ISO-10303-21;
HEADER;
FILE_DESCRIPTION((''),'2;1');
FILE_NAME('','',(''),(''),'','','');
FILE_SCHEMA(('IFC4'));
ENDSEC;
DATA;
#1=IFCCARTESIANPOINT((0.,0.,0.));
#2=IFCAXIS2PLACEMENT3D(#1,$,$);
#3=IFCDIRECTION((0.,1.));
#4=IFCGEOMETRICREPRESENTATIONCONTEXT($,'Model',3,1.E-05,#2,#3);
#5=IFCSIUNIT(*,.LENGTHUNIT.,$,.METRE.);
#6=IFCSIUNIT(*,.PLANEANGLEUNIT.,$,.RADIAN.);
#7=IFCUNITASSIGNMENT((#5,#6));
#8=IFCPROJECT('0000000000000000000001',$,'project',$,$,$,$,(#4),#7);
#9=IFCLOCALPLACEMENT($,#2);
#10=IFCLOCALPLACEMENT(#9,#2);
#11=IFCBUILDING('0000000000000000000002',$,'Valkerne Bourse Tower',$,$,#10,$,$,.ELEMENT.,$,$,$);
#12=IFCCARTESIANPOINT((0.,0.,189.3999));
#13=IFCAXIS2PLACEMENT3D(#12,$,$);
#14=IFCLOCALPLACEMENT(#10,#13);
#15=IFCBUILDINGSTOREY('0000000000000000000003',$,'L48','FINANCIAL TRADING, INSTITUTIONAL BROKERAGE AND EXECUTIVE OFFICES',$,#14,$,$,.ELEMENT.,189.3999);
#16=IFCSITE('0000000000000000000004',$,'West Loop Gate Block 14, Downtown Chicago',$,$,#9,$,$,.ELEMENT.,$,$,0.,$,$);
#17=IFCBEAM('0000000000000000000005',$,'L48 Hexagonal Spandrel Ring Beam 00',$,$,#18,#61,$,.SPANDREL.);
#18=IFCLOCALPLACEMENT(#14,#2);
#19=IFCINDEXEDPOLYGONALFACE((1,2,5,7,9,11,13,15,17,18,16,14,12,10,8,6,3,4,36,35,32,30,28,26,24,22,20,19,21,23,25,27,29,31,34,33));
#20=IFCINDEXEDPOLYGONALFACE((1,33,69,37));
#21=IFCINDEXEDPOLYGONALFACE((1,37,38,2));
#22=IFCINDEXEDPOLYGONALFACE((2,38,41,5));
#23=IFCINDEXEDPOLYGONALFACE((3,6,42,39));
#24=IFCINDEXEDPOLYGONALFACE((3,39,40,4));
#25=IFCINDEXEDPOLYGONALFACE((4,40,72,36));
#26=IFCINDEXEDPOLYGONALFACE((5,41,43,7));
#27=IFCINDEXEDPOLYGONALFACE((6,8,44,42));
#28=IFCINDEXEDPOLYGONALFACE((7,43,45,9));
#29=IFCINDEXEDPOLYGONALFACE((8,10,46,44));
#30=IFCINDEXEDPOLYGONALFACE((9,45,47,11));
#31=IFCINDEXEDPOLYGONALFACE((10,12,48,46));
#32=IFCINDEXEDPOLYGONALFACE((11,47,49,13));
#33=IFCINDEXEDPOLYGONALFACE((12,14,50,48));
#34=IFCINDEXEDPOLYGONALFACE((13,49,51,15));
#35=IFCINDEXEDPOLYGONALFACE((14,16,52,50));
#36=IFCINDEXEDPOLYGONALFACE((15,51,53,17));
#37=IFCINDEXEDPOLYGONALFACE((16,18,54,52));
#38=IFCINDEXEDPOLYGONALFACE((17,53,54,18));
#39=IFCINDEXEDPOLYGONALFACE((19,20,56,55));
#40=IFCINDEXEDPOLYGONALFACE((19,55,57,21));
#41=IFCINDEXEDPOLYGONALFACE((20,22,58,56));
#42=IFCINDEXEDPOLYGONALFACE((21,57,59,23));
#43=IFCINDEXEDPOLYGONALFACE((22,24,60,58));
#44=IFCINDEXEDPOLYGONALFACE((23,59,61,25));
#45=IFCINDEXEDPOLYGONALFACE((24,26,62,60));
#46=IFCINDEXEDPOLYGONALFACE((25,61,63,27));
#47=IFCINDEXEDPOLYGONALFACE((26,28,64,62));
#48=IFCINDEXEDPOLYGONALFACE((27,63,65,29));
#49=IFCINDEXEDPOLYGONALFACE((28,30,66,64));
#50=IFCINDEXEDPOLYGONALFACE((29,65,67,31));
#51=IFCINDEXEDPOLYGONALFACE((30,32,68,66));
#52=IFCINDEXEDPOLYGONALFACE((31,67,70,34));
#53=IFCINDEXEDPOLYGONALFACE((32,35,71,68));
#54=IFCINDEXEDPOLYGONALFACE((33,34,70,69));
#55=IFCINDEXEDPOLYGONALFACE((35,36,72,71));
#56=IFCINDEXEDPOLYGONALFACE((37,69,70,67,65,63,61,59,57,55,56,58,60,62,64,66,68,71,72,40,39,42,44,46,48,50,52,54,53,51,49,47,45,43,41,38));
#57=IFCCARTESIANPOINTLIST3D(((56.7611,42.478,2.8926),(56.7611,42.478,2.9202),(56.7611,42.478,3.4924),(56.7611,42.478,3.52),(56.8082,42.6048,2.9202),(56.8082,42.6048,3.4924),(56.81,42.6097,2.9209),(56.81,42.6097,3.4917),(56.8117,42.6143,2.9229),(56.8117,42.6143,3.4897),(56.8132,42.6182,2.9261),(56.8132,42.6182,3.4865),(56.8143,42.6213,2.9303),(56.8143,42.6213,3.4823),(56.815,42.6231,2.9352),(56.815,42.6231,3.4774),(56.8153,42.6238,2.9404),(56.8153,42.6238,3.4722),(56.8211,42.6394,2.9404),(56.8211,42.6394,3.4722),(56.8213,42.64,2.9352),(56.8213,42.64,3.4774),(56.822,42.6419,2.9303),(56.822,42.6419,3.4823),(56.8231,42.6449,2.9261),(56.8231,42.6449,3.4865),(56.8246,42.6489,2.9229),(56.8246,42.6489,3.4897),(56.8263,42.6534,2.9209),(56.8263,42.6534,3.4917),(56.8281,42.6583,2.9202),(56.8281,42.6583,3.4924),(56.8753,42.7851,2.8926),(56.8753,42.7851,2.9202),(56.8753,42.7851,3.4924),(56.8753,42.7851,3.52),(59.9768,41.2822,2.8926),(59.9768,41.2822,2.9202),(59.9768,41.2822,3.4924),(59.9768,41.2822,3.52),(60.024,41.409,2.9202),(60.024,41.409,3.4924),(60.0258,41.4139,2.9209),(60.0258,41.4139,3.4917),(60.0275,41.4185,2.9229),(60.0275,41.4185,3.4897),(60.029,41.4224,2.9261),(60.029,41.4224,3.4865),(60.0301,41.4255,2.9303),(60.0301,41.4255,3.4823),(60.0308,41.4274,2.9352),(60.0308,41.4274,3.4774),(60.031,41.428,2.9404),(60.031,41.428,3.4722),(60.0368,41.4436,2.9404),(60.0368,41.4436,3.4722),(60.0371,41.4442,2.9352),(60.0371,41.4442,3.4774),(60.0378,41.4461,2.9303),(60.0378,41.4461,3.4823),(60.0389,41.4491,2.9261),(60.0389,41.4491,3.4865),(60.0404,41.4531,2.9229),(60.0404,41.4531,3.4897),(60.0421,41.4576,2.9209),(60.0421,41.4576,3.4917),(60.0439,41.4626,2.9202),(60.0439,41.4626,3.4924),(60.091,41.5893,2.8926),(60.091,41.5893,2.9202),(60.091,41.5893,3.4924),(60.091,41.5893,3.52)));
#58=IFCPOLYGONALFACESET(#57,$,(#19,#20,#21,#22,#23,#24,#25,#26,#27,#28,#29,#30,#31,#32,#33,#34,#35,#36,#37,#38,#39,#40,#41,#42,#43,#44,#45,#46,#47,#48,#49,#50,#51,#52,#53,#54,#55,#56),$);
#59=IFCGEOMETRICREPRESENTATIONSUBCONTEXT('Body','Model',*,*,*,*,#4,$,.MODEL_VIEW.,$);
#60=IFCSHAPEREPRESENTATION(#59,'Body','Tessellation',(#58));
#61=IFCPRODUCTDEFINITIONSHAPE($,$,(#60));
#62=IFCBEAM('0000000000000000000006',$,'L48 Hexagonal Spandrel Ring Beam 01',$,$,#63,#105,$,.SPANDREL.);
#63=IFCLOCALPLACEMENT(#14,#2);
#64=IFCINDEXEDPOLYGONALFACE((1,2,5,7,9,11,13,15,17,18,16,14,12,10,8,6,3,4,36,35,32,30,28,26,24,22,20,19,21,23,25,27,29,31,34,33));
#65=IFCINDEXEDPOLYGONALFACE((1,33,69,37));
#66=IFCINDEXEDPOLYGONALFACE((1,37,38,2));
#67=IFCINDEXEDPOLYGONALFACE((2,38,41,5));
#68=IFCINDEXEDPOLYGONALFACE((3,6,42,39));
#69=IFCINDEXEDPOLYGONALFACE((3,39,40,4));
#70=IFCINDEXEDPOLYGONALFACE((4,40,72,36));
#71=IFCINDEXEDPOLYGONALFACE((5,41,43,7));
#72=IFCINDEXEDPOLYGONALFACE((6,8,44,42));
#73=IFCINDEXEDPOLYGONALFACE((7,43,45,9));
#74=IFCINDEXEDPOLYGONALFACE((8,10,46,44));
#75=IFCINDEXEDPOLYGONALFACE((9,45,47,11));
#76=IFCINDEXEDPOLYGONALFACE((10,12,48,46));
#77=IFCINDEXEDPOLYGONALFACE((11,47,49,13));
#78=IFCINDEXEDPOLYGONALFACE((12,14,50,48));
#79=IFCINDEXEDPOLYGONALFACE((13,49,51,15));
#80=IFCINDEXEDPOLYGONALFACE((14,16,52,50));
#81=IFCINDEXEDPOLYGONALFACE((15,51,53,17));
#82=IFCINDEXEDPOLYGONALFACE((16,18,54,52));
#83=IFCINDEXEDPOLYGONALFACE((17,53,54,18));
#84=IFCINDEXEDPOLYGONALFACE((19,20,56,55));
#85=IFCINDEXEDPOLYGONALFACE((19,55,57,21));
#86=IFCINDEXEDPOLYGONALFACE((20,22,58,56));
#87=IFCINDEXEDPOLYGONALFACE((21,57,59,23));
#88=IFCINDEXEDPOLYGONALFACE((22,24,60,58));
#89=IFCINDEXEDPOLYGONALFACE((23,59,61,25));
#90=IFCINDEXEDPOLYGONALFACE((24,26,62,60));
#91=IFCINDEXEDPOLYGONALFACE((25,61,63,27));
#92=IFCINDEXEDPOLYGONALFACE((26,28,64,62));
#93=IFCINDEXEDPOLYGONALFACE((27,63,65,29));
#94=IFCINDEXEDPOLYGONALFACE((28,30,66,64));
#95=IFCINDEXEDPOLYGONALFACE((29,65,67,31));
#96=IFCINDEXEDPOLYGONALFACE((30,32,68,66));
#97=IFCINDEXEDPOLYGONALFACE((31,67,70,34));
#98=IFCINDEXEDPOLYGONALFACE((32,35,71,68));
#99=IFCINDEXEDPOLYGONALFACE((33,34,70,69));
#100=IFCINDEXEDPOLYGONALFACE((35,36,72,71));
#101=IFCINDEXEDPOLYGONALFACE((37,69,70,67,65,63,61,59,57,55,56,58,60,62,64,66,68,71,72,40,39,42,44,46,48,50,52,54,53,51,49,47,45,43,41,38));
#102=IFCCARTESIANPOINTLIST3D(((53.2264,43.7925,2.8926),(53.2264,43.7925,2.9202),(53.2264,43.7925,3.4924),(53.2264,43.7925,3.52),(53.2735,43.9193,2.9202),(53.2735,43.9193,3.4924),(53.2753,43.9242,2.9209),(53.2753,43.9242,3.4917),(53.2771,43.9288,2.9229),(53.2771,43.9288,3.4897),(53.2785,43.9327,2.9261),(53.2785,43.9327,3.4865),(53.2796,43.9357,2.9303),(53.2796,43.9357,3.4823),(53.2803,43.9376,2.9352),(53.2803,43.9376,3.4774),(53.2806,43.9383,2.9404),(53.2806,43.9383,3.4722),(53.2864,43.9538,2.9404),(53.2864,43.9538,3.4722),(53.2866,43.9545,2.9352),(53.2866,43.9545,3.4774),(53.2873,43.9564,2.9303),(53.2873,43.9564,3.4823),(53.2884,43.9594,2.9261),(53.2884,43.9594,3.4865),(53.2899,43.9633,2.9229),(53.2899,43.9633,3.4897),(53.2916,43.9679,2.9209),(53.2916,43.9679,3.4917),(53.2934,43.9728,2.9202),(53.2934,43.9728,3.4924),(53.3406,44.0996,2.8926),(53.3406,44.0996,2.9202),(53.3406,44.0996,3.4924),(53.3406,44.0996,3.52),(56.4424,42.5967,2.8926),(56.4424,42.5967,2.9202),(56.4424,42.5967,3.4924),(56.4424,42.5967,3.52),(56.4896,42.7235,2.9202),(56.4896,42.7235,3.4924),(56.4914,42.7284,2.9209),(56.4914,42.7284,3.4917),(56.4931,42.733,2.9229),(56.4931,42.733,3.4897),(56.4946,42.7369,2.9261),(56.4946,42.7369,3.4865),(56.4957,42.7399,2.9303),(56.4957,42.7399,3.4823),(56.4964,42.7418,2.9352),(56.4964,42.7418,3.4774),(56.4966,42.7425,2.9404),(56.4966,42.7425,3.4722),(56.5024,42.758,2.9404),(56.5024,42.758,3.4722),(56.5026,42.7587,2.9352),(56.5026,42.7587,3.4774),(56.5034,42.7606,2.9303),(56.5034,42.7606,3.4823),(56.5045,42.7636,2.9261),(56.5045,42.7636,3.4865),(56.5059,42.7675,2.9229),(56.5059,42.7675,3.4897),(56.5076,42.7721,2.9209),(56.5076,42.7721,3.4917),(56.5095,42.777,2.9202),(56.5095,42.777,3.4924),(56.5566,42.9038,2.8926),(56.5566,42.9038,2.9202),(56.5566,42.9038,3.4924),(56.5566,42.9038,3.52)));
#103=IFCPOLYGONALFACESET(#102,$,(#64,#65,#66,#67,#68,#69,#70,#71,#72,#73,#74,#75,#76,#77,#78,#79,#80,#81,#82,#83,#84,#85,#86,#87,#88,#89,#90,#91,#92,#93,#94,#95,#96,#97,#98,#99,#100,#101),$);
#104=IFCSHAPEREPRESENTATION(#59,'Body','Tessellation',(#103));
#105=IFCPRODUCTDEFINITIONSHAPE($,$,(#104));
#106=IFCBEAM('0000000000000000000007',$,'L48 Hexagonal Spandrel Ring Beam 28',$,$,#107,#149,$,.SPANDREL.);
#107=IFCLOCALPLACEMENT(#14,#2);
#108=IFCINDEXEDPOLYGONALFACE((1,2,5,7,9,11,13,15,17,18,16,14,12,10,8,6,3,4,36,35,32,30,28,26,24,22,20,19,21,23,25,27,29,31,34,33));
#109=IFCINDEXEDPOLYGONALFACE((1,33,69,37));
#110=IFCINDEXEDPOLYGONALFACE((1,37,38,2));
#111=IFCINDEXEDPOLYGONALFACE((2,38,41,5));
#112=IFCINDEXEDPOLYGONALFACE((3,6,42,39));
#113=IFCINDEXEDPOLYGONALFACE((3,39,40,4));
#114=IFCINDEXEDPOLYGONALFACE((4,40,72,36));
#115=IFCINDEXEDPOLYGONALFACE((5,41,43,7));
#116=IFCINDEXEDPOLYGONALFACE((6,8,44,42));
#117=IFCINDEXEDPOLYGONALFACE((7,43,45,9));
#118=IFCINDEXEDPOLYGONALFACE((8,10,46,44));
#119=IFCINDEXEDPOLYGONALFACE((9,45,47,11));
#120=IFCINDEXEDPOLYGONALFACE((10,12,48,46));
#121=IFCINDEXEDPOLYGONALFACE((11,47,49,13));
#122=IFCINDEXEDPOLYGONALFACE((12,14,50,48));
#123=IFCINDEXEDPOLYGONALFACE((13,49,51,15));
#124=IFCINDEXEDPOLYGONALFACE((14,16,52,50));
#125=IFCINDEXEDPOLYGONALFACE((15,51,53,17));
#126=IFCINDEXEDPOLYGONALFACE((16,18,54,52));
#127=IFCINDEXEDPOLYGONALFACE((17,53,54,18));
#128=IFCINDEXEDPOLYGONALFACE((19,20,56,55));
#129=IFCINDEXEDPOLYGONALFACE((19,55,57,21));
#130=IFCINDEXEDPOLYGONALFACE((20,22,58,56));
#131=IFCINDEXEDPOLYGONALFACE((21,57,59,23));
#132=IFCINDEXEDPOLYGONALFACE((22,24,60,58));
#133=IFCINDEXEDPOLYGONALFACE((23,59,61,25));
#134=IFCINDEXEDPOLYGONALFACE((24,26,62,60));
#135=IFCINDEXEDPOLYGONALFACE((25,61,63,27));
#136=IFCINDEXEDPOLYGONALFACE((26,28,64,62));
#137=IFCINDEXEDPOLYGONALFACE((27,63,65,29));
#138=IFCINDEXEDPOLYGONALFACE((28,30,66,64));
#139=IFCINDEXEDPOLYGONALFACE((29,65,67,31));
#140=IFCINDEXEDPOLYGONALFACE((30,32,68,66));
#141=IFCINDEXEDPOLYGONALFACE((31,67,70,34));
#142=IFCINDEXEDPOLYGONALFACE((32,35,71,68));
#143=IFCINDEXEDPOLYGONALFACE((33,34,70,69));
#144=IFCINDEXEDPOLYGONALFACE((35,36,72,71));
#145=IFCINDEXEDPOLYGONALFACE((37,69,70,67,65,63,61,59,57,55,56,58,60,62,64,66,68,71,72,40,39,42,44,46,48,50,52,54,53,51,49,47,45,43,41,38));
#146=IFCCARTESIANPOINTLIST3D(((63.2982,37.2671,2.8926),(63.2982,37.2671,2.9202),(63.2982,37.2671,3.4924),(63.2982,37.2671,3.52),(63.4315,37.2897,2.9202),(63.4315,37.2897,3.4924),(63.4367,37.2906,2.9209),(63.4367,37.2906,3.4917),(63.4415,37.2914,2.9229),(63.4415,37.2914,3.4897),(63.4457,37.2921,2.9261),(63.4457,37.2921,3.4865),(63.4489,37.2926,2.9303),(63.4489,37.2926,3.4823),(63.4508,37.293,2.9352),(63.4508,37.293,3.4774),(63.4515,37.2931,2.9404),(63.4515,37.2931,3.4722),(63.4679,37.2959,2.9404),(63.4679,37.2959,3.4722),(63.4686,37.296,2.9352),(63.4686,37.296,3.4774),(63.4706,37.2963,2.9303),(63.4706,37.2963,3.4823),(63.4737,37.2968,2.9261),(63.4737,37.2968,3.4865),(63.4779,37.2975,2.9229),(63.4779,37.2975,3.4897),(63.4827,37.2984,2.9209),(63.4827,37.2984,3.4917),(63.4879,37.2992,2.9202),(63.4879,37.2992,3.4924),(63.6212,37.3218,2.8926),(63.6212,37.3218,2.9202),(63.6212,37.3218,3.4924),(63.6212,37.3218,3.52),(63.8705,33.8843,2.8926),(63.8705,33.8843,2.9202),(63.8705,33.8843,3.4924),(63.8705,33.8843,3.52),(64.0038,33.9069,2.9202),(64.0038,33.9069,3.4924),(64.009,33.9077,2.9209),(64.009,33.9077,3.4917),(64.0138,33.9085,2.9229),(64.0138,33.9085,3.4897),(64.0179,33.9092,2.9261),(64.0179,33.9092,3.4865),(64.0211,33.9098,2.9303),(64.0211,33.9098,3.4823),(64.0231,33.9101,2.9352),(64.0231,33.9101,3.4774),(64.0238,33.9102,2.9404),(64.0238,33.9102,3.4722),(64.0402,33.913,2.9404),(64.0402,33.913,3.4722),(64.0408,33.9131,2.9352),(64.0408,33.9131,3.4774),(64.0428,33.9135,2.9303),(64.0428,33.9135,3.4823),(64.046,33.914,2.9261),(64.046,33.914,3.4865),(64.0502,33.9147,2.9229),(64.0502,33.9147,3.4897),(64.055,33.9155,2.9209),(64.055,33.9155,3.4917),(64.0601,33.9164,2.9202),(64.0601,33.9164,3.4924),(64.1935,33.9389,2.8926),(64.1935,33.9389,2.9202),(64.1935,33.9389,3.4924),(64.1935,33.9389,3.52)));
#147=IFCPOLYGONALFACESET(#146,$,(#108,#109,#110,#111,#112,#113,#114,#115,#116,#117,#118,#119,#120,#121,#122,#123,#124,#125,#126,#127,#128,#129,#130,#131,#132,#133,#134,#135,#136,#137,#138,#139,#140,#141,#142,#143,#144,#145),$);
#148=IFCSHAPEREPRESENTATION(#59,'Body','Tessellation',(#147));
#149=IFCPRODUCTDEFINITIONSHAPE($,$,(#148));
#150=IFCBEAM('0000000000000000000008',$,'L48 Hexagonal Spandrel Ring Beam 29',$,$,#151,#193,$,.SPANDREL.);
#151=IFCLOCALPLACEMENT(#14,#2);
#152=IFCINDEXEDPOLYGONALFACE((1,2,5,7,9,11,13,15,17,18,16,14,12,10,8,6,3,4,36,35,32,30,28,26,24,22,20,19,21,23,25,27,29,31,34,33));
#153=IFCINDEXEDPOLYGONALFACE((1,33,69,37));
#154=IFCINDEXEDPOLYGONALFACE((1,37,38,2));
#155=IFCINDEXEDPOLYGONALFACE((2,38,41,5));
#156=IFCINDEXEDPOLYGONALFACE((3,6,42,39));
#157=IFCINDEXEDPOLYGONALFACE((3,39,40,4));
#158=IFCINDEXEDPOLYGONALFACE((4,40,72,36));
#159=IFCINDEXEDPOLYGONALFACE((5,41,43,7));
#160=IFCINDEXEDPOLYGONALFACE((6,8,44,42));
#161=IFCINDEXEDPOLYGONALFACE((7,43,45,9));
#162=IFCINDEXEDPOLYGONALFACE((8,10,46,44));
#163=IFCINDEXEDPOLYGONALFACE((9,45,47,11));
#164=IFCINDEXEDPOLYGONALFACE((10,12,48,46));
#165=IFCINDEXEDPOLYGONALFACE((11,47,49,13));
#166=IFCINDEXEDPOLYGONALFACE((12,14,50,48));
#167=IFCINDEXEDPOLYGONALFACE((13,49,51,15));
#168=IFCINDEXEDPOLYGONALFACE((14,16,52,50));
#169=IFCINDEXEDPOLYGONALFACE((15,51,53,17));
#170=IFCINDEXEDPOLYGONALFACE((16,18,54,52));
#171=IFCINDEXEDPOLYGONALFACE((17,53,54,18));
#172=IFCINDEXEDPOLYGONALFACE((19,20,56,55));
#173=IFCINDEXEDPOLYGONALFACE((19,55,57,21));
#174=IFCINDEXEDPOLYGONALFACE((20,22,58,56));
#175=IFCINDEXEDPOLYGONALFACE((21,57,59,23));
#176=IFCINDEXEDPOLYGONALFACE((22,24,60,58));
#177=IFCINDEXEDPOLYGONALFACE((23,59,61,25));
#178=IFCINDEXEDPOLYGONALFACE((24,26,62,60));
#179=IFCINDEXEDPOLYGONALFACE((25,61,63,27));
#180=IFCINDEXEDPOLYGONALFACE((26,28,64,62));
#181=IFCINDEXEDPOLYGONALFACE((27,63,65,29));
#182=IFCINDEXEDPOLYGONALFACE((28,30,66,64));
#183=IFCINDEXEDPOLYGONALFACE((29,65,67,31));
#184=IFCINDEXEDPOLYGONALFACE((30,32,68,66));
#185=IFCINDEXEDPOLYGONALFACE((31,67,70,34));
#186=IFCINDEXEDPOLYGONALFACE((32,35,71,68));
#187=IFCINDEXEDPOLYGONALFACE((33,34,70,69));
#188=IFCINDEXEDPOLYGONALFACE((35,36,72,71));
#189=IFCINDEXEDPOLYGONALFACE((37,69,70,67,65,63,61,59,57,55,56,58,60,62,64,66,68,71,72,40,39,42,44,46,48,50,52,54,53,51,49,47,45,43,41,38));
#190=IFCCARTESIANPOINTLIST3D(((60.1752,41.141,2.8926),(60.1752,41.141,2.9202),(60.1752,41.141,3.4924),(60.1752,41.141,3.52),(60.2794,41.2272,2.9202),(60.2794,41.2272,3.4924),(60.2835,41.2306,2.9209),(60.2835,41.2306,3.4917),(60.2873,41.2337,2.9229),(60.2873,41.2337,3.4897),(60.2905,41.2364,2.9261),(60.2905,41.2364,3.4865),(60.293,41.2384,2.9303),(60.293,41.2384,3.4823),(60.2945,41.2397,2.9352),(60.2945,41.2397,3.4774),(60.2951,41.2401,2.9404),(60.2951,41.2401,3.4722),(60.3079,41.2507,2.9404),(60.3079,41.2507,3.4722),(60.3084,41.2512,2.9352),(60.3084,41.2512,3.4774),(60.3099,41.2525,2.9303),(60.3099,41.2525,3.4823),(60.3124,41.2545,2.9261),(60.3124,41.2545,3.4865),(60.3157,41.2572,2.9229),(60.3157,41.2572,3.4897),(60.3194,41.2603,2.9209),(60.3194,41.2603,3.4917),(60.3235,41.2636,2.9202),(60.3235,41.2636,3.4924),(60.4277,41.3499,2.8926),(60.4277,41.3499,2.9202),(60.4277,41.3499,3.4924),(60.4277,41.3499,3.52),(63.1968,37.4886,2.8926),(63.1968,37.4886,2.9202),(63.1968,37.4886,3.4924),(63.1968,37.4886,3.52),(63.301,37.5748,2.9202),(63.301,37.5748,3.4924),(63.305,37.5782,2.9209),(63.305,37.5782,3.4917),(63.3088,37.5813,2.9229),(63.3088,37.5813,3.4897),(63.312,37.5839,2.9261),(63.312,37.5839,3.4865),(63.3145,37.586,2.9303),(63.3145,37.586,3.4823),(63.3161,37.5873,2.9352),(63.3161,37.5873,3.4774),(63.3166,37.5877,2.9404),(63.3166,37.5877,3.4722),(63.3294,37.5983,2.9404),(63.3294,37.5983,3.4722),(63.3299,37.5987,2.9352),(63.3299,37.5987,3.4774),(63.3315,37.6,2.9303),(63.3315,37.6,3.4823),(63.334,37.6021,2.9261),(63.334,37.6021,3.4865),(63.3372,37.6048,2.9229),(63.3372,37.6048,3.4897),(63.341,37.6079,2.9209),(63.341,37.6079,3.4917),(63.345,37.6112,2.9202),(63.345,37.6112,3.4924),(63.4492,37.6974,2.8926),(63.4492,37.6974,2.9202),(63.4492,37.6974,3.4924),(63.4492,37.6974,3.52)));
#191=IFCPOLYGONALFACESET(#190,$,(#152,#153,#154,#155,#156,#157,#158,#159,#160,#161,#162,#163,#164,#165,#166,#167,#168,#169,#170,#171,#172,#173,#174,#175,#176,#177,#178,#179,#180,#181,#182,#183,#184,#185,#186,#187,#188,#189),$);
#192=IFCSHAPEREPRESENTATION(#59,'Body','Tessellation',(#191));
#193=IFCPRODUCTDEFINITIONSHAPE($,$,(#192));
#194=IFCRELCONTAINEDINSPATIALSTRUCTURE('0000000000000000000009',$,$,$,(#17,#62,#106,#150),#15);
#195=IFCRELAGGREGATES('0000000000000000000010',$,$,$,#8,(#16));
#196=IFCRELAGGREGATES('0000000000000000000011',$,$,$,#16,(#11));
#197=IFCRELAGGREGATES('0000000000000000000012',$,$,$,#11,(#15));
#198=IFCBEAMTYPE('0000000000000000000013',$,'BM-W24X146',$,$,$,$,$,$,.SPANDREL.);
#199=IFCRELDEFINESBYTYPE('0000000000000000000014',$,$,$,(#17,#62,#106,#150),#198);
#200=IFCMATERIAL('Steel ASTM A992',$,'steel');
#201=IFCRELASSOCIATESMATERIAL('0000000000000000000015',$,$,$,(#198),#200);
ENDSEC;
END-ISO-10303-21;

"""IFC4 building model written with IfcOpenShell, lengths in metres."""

from ifc_helpers import new_model, si_unit, direction, frame, origin, origin_2d, place, context, subcontext, project, spatial, i_section, extrude, material, material_profile, profile_set, type_object, element, save


model = new_model("IFC4")

# Units and contexts
model_context = context("Model", 3, precision=1e-05, world=origin(), true_north=direction((0.0, 1.0)))
body_context = subcontext(model_context, "Body", "Model", "MODEL_VIEW")
ifc_project = project(units=[si_unit("LENGTHUNIT", "METRE"), si_unit("PLANEANGLEUNIT", "RADIAN")], contexts=[model_context])

# Site, building, storey
site_placement = place(None, origin())
site = spatial("IfcSite", under=ifc_project, at=site_placement, Name="West Loop Gate Block 14, Downtown Chicago", CompositionType="ELEMENT", RefElevation=0.0)
building_placement = place(site_placement, origin())
building = spatial("IfcBuilding", under=site, at=building_placement, Name="Valkerne Bourse Tower", CompositionType="ELEMENT")
storey_placement = place(building_placement, frame((0.0, 0.0, 189.3999)))
storey = spatial("IfcBuildingStorey", under=building, at=storey_placement, Name="L48", Description="FINANCIAL TRADING, INSTITUTIONAL BROKERAGE AND EXECUTIVE OFFICES", CompositionType="ELEMENT", Elevation=189.3999)

# Beams
ifc_material_1 = material(Name="Steel ASTM A992", Category="steel")
ifc_material_profile_1 = material_profile(ifc_material_1, i_section(OverallWidth=0.3276, OverallDepth=0.6274, WebThickness=0.0166, FlangeThickness=0.0276, FilletRadius=0.0203, at=origin_2d()), Name="W24X146")
ifc_profile_set_1 = profile_set([ifc_material_profile_1], Name="Steel ASTM A992")
beam_type = type_object("IfcBeamType", Name="BM-W24X146", PredefinedType="SPANDREL", material=ifc_profile_set_1)
beam_1_placement = place(storey_placement, frame((60.0339, 41.4358, 3.2063), z_axis=(-0.937296, 0.348533, 0.0), x_axis=(-0.348533, -0.937296, 0.0)))
element("IfcBeam", 1, at=beam_1_placement, inside=storey, type_object=beam_type, Name="L48 Hexagonal Spandrel Ring Beam 00", PredefinedType="SPANDREL", context=body_context, shape_type="SweptSolid", body=[
    extrude(i_section(OverallWidth=0.3276, OverallDepth=0.6274, WebThickness=0.0166, FlangeThickness=0.0276, FilletRadius=0.0203, at=origin_2d()), origin(), (0.0, 0.0, 1.0), 3.4309),
])
beam_2_placement = place(storey_placement, frame((56.4995, 42.7502, 3.2063), z_axis=(-0.937305, 0.34851, 0.0), x_axis=(-0.34851, -0.937305, 0.0)))
element("IfcBeam", 2, at=beam_2_placement, inside=storey, type_object=beam_type, Name="L48 Hexagonal Spandrel Ring Beam 01", PredefinedType="SPANDREL", context=body_context, shape_type="SweptSolid", body=[
    extrude(i_section(OverallWidth=0.3276, OverallDepth=0.6274, WebThickness=0.0166, FlangeThickness=0.0276, FilletRadius=0.0203, at=origin_2d()), origin(), (0.0, 0.0, 1.0), 3.4312),
])
beam_3_placement = place(storey_placement, frame((64.032, 33.9116, 3.2063), z_axis=(-0.166799, 0.985991, 0.0), x_axis=(-0.985991, -0.166799, 0.0)))
element("IfcBeam", 3, at=beam_3_placement, inside=storey, type_object=beam_type, Name="L48 Hexagonal Spandrel Ring Beam 28", PredefinedType="SPANDREL", context=body_context, shape_type="SweptSolid", body=[
    extrude(i_section(OverallWidth=0.3276, OverallDepth=0.6274, WebThickness=0.0166, FlangeThickness=0.0276, FilletRadius=0.0203, at=origin_2d()), origin(), (0.0, 0.0, 1.0), 3.4309),
])
beam_4_placement = place(storey_placement, frame((63.323, 37.593, 3.2063), z_axis=(-0.637424, 0.770513, 0.0), x_axis=(-0.770513, -0.637424, 0.0)))
element("IfcBeam", 4, at=beam_4_placement, inside=storey, type_object=beam_type, Name="L48 Hexagonal Spandrel Ring Beam 29", PredefinedType="SPANDREL", context=body_context, shape_type="SweptSolid", body=[
    extrude(i_section(OverallWidth=0.3276, OverallDepth=0.6274, WebThickness=0.0166, FlangeThickness=0.0276, FilletRadius=0.0203, at=origin_2d()), origin(), (0.0, 0.0, 1.0), 4.7402),
])

save(model, "model.ifc")
